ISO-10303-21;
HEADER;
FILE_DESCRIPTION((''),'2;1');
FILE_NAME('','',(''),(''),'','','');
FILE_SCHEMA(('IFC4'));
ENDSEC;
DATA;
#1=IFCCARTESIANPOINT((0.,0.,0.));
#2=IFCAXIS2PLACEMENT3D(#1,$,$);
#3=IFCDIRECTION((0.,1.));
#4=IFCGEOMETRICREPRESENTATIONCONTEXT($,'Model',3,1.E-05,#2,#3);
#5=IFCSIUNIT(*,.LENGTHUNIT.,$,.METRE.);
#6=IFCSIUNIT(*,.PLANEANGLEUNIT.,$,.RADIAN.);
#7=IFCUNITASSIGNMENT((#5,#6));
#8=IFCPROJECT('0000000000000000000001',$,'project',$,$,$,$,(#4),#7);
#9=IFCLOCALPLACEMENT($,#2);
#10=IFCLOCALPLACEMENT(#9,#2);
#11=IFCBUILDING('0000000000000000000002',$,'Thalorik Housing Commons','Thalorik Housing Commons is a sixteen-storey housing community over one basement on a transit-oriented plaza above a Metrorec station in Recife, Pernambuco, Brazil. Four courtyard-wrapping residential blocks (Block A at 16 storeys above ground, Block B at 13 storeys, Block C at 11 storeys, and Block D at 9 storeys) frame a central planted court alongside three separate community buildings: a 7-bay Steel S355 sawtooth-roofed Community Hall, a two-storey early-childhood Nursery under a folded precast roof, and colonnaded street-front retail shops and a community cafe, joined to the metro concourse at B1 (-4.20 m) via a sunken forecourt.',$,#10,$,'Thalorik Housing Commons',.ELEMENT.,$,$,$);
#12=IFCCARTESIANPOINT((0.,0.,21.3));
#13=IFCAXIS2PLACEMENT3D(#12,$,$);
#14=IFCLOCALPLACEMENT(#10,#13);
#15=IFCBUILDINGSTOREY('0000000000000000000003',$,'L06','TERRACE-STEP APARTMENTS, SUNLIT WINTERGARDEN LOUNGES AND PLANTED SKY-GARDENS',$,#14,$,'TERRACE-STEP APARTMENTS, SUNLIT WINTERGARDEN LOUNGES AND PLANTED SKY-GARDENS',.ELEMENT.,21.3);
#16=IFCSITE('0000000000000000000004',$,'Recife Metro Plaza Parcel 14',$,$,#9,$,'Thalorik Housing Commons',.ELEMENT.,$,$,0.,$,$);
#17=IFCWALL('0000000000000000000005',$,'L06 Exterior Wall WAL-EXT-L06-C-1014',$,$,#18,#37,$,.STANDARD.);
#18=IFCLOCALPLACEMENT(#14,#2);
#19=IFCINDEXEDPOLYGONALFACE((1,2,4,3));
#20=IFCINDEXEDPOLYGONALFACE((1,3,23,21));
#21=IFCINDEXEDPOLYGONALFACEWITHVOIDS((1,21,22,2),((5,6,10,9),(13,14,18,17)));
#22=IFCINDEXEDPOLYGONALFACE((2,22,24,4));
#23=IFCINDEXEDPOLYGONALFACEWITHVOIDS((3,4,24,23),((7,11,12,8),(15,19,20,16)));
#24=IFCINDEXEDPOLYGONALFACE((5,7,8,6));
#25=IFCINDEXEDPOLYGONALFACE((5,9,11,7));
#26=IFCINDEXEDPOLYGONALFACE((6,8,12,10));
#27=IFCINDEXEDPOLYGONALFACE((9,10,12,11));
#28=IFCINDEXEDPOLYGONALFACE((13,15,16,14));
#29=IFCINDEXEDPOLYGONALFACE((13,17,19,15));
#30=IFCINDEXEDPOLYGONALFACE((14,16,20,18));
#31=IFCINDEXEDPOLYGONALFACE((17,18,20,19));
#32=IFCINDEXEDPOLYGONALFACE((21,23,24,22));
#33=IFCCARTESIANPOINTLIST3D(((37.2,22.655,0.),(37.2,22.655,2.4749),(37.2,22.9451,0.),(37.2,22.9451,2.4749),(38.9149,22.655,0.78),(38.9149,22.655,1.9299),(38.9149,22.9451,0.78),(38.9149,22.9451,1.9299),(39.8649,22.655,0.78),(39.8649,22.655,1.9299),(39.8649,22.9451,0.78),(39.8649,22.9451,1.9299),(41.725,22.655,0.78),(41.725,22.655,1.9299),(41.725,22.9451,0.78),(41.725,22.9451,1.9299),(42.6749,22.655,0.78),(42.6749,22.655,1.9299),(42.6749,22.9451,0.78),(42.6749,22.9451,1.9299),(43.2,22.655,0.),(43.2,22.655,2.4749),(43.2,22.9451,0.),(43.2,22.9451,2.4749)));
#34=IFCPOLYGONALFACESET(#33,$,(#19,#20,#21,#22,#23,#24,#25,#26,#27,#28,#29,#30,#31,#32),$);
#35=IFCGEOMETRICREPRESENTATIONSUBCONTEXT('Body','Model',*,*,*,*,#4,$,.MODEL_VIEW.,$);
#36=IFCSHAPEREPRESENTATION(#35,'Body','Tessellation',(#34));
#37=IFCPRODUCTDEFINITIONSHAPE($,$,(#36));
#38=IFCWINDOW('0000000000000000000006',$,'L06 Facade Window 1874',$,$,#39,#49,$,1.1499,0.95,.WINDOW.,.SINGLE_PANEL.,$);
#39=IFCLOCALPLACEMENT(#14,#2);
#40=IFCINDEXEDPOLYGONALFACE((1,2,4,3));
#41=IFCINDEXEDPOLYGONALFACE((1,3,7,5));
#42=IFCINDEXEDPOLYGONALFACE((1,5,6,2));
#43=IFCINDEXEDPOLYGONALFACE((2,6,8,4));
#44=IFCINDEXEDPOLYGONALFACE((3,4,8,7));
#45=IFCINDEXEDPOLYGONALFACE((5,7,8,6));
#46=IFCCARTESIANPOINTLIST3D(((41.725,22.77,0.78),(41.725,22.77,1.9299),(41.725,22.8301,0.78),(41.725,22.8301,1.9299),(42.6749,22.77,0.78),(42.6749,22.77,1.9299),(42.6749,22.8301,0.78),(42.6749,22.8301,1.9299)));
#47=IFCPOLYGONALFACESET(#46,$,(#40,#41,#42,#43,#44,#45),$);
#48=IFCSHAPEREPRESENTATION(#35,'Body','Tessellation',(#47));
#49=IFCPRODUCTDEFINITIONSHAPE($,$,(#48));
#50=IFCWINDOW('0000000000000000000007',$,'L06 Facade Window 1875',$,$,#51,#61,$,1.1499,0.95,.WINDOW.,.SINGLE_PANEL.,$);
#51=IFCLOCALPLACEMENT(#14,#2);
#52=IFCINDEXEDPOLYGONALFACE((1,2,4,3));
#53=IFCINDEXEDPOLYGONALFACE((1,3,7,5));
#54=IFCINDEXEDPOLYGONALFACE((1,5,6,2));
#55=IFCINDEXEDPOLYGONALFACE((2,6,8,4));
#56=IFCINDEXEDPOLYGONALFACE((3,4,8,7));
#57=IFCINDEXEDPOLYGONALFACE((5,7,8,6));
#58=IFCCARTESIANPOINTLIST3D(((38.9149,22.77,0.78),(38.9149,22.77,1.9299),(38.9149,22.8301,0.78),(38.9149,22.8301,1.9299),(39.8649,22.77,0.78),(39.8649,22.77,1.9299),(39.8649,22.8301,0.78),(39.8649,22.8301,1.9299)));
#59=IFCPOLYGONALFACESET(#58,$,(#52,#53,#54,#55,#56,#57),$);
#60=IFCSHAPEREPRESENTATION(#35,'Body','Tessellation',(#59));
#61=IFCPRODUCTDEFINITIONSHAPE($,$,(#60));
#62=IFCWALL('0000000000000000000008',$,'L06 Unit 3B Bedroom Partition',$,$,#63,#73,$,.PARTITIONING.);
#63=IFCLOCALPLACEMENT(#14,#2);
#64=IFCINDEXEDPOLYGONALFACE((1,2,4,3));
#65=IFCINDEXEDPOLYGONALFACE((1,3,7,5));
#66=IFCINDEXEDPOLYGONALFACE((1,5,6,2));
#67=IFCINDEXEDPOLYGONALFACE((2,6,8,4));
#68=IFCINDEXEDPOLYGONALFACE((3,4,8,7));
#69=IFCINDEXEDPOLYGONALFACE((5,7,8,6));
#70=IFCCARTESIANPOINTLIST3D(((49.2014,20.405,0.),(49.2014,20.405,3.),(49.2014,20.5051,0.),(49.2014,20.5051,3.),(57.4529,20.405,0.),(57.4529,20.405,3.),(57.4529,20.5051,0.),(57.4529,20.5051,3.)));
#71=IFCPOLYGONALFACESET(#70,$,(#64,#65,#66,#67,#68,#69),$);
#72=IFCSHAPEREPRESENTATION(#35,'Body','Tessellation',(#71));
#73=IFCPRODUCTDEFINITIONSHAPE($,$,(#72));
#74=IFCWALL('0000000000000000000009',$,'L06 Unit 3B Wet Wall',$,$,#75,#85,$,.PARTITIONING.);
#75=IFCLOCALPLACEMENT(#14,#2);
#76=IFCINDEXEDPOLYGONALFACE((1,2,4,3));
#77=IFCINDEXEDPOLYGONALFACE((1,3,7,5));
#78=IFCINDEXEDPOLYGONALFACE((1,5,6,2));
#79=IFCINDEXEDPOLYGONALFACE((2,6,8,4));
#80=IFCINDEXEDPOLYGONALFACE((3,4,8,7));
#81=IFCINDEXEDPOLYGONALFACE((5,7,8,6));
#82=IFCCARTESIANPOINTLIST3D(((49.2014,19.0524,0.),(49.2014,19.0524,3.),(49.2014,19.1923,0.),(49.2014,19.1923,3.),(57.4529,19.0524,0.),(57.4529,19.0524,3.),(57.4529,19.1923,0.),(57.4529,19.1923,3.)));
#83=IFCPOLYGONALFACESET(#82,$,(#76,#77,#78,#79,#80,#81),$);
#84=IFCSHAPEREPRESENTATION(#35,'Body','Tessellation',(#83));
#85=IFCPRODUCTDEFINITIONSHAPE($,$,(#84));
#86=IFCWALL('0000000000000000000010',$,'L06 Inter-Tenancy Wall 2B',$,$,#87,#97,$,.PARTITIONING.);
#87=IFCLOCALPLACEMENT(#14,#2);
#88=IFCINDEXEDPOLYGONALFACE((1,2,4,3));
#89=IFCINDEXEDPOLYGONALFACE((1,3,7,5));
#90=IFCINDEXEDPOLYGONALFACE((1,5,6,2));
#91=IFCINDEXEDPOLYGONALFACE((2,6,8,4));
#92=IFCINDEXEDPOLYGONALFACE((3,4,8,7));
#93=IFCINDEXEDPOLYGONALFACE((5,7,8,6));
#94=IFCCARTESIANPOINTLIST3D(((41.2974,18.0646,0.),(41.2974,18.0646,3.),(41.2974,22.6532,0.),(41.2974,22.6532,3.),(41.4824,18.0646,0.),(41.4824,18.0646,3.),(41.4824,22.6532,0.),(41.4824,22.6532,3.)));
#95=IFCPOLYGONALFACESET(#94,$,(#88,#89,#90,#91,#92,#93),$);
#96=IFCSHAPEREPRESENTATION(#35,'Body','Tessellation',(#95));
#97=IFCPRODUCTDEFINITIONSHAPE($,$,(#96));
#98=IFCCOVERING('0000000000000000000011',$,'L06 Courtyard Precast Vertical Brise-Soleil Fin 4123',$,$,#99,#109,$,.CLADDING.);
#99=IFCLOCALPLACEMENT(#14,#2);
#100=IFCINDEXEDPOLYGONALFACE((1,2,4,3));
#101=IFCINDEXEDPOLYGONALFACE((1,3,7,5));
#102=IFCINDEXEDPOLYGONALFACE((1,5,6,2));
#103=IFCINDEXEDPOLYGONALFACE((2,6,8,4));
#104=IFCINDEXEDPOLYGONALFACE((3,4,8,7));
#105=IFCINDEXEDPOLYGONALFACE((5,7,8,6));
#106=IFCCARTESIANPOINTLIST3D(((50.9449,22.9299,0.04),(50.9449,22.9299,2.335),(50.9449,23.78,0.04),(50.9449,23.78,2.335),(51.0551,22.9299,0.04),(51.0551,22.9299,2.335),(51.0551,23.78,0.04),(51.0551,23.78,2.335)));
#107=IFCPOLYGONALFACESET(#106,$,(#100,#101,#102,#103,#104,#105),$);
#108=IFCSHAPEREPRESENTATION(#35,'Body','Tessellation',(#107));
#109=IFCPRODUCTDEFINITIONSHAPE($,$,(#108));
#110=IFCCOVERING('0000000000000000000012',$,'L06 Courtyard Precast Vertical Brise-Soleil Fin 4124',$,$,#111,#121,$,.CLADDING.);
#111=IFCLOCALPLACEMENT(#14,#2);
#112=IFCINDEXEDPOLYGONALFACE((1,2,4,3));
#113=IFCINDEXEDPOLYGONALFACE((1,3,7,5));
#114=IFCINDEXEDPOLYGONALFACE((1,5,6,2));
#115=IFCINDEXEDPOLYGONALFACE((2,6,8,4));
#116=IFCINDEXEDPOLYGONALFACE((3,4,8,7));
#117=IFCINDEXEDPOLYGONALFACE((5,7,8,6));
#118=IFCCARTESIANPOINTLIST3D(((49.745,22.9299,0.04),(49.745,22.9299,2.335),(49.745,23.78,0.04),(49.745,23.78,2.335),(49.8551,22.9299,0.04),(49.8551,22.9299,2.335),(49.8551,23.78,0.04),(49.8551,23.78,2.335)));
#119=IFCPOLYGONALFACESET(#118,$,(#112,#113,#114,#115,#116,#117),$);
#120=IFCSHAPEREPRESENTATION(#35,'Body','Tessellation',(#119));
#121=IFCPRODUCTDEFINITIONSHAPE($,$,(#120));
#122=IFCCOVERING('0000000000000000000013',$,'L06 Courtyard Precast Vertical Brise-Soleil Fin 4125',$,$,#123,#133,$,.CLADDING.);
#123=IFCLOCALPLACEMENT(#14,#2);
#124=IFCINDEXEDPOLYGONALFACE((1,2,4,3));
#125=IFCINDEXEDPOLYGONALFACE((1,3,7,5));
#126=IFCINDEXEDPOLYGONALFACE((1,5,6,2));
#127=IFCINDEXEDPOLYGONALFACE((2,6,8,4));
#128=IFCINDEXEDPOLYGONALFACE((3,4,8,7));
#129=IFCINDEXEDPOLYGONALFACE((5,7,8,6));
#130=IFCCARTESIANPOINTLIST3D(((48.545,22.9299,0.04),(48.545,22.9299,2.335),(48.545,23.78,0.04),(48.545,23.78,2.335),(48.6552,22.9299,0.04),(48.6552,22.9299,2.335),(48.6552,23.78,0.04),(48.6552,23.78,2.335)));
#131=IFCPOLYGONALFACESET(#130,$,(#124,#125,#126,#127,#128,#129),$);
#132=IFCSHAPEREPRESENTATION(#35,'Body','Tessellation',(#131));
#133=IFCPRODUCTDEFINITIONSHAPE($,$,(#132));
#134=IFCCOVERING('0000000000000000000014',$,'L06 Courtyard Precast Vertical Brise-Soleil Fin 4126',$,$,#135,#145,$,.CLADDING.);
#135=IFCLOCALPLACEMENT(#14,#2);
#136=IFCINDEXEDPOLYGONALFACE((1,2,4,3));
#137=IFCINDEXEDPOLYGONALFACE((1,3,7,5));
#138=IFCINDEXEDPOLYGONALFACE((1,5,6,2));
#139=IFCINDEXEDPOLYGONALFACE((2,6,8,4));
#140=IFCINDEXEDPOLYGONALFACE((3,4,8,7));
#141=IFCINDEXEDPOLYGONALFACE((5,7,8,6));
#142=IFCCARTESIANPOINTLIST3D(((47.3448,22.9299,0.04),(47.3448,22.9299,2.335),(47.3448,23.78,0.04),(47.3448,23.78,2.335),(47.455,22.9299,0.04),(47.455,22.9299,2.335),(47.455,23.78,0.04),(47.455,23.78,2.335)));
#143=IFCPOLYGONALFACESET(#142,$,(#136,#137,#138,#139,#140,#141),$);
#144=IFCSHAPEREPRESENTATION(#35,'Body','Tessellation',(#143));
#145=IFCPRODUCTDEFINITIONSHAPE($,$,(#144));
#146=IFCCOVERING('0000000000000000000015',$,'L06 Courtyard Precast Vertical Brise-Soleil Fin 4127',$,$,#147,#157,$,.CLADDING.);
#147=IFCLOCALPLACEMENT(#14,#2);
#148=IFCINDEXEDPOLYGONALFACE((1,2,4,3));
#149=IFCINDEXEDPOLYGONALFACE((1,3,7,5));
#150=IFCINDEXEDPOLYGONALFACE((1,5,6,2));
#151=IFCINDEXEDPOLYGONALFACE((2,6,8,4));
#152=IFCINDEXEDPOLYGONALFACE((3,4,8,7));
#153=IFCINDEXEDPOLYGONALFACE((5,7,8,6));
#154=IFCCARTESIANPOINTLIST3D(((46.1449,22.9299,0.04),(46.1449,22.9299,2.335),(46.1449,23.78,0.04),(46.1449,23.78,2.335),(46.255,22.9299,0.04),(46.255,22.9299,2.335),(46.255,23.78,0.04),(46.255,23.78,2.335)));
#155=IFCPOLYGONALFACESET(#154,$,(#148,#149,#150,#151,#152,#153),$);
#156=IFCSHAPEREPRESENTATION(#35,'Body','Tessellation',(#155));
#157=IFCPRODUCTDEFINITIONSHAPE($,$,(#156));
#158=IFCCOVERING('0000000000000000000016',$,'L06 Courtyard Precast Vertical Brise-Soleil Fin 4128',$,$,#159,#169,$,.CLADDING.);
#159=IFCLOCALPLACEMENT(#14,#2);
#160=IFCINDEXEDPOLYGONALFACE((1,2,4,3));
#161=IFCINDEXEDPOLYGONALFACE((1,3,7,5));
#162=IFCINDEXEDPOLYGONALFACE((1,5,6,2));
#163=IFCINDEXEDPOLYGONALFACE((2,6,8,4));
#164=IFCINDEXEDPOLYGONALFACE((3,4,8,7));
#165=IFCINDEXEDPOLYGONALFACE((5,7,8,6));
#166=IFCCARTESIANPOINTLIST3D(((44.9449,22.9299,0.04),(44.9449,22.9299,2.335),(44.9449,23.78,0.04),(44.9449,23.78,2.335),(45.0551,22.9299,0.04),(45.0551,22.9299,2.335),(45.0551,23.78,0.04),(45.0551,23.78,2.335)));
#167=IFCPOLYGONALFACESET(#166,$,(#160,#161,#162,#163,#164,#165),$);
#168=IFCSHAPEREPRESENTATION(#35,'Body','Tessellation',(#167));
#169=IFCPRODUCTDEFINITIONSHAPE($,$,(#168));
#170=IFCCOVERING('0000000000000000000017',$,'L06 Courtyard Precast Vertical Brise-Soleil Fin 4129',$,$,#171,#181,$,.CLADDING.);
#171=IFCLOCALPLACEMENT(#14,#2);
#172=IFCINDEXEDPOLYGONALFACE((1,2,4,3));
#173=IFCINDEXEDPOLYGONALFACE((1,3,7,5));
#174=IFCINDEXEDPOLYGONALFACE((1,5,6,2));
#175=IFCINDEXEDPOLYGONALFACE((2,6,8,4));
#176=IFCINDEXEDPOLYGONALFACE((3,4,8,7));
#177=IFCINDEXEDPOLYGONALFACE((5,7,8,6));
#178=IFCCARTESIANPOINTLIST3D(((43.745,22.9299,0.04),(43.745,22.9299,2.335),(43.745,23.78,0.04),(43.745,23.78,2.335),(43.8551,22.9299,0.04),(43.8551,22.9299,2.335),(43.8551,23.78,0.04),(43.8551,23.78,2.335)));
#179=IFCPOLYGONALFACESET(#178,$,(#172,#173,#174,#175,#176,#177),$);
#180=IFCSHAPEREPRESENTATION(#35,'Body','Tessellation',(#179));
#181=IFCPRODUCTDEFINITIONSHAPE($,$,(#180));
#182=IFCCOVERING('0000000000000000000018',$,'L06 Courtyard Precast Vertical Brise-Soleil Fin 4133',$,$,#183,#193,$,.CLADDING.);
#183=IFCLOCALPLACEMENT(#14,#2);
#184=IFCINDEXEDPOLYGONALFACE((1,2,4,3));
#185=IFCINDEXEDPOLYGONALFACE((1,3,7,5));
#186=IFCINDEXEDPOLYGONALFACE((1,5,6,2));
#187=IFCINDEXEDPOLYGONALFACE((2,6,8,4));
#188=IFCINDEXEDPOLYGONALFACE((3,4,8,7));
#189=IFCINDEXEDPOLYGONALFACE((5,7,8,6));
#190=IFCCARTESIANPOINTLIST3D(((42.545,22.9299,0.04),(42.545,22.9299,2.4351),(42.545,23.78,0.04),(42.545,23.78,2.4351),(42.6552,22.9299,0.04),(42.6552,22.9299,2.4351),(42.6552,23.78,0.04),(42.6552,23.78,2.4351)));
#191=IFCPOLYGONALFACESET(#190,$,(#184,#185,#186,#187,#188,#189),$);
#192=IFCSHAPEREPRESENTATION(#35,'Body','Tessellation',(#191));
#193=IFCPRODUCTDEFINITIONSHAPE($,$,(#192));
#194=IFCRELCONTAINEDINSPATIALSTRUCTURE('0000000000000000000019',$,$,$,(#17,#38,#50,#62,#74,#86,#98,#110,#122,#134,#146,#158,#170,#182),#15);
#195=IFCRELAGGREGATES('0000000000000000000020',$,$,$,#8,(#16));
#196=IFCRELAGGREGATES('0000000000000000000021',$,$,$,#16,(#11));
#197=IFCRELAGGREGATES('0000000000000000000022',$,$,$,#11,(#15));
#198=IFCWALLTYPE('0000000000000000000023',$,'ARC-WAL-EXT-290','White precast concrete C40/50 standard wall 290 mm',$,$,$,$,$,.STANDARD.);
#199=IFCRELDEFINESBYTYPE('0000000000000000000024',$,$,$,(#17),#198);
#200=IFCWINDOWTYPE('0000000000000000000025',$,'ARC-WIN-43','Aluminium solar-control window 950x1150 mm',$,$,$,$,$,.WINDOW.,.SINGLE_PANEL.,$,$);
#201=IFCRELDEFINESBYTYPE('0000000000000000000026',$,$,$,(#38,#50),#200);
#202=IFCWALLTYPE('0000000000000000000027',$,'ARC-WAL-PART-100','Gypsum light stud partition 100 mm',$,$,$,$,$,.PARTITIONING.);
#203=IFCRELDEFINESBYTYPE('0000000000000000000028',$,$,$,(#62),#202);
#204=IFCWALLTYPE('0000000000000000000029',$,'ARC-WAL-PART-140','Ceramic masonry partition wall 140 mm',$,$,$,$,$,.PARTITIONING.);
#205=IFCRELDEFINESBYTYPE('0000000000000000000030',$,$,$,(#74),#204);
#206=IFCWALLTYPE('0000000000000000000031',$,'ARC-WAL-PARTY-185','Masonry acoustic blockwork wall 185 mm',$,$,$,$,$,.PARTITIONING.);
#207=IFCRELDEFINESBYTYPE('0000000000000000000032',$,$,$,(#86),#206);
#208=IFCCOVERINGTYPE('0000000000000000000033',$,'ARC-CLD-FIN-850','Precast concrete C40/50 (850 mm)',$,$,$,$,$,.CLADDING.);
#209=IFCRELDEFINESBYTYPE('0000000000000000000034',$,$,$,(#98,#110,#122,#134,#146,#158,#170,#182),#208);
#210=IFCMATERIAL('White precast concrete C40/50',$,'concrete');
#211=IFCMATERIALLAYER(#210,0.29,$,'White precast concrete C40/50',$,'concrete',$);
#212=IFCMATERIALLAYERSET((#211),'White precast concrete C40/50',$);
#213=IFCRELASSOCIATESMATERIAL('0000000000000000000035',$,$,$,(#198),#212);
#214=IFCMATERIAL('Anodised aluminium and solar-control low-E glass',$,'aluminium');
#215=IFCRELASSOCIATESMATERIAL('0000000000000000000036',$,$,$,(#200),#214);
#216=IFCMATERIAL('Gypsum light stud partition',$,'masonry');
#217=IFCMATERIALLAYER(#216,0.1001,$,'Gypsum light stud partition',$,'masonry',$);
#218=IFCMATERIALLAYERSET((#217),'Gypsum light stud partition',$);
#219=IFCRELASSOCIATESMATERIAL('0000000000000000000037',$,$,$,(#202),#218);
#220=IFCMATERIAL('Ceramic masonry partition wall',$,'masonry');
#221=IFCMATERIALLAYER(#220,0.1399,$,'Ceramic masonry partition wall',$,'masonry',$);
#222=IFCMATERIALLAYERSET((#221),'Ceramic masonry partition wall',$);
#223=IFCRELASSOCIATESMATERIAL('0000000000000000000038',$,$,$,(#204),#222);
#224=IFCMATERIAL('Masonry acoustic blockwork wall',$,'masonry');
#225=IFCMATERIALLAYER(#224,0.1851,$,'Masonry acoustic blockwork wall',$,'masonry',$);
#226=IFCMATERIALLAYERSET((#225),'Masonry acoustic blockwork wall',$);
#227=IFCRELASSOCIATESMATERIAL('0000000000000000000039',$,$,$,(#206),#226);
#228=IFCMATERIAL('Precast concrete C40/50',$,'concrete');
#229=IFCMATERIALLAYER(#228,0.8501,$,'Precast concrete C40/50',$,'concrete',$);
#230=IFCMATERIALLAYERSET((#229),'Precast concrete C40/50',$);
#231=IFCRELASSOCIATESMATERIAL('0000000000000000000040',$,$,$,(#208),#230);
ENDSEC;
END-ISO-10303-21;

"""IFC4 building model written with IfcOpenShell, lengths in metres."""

from ifc_helpers import new_model, si_unit, direction, frame, frame_2d, origin, origin_2d, place, context, subcontext, project, spatial, rectangle, extrude, material, layer, layer_set, type_object, element, fill, save


model = new_model("IFC4")

# Units and contexts
model_context = context("Model", 3, precision=1e-05, world=origin(), true_north=direction((0.0, 1.0)))
body_context = subcontext(model_context, "Body", "Model", "MODEL_VIEW")
ifc_project = project(units=[si_unit("LENGTHUNIT", "METRE"), si_unit("PLANEANGLEUNIT", "RADIAN")], contexts=[model_context])

# Site, building, storey
site_placement = place(None, origin())
site = spatial("IfcSite", under=ifc_project, at=site_placement, Name="Recife Metro Plaza Parcel 14", LongName="Thalorik Housing Commons", CompositionType="ELEMENT", RefElevation=0.0)
building_placement = place(site_placement, origin())
building = spatial("IfcBuilding", under=site, at=building_placement, Name="Thalorik Housing Commons", Description="Thalorik Housing Commons is a sixteen-storey housing community over one basement on a transit-oriented plaza above a Metrorec station in Recife, Pernambuco, Brazil. Four courtyard-wrapping residential blocks (Block A at 16 storeys above ground, Block B at 13 storeys, Block C at 11 storeys, and Block D at 9 storeys) frame a central planted court alongside three separate community buildings: a 7-bay Steel S355 sawtooth-roofed Community Hall, a two-storey early-childhood Nursery under a folded precast roof, and colonnaded street-front retail shops and a community cafe, joined to the metro concourse at B1 (-4.20 m) via a sunken forecourt.", LongName="Thalorik Housing Commons", CompositionType="ELEMENT")
storey_placement = place(building_placement, frame((0.0, 0.0, 21.3)))
storey = spatial("IfcBuildingStorey", under=building, at=storey_placement, Name="L06", Description="TERRACE-STEP APARTMENTS, SUNLIT WINTERGARDEN LOUNGES AND PLANTED SKY-GARDENS", LongName="TERRACE-STEP APARTMENTS, SUNLIT WINTERGARDEN LOUNGES AND PLANTED SKY-GARDENS", CompositionType="ELEMENT", Elevation=21.3)

# Shared definitions
ifc_material_1 = material(Name="Precast concrete C40/50", Category="concrete")

# Wall, openings, windows
ifc_material_2 = material(Name="White precast concrete C40/50", Category="concrete")
ifc_layer_1 = layer(ifc_material_2, 0.29, Name="White precast concrete C40/50", Category="concrete")
ifc_layer_set_1 = layer_set([ifc_layer_1], Name="White precast concrete C40/50")
wall_type_1 = type_object("IfcWallType", Name="ARC-WAL-EXT-290", Description="White precast concrete C40/50 standard wall 290 mm", PredefinedType="STANDARD", material=ifc_layer_set_1)
ifc_material_3 = material(Name="Anodised aluminium and solar-control low-E glass", Category="aluminium")
wall_1_placement = place(storey_placement, frame((43.2, 22.8, 0.0), z_axis=(0.0, 0.0, 1.0), x_axis=(-1.0, 0.0, 0.0)))
wall_1 = element("IfcWall", 1, at=wall_1_placement, inside=storey, type_object=wall_type_1, Name="L06 Exterior Wall WAL-EXT-L06-C-1014", PredefinedType="STANDARD", context=body_context, shape_type="SweptSolid", body=[
    extrude(rectangle(XDim=6.0, YDim=0.29, at=frame_2d((3.0, 0.0))), origin(), (0.0, 0.0, 1.0), 2.4749),
])
opening_1_placement = place(wall_1_placement, frame((0.5249, 0.0, 0.78)))
opening_1 = element("IfcOpeningElement", 2, at=opening_1_placement, cuts=wall_1, PredefinedType="OPENING", context=body_context, shape_type="SweptSolid", body=[
    extrude(rectangle(XDim=0.95, YDim=1.1499, at=frame_2d((0.4751, 0.575))), frame((0.0, 0.155, 0.0), z_axis=(0.0, -1.0, 0.0), x_axis=(1.0, 0.0, 0.0)), (0.0, 0.0, 1.0), 0.3101),
])
opening_2_placement = place(wall_1_placement, frame((3.335, 0.0, 0.78)))
opening_2 = element("IfcOpeningElement", 3, at=opening_2_placement, cuts=wall_1, PredefinedType="OPENING", context=body_context, shape_type="SweptSolid", body=[
    extrude(rectangle(XDim=0.95, YDim=1.1499, at=frame_2d((0.4751, 0.575))), frame((0.0, 0.155, 0.0), z_axis=(0.0, -1.0, 0.0), x_axis=(1.0, 0.0, 0.0)), (0.0, 0.0, 1.0), 0.3101),
])
window_type_1 = type_object("IfcWindowType", Name="ARC-WIN-43", Description="Aluminium solar-control window 950x1150 mm", PartitioningType="SINGLE_PANEL", PredefinedType="WINDOW", material=ifc_material_3)
window_1_placement = place(opening_1_placement, origin())
window_1 = element("IfcWindow", 4, at=window_1_placement, inside=storey, type_object=window_type_1, Name="L06 Facade Window 1874", OverallHeight=1.1499, OverallWidth=0.95, PartitioningType="SINGLE_PANEL", PredefinedType="WINDOW", context=body_context, shape_type="SweptSolid", body=[
    extrude(rectangle(XDim=0.95, YDim=1.1499, at=frame_2d((0.4751, 0.575))), frame((0.0, 0.03, 0.0), z_axis=(0.0, -1.0, 0.0), x_axis=(1.0, 0.0, 0.0)), (0.0, 0.0, 1.0), 0.0601),
])
fill(opening_1, window_1)
window_2_placement = place(opening_2_placement, origin())
window_2 = element("IfcWindow", 5, at=window_2_placement, inside=storey, type_object=window_type_1, Name="L06 Facade Window 1875", OverallHeight=1.1499, OverallWidth=0.95, PartitioningType="SINGLE_PANEL", PredefinedType="WINDOW", context=body_context, shape_type="SweptSolid", body=[
    extrude(rectangle(XDim=0.95, YDim=1.1499, at=frame_2d((0.4751, 0.575))), frame((0.0, 0.03, 0.0), z_axis=(0.0, -1.0, 0.0), x_axis=(1.0, 0.0, 0.0)), (0.0, 0.0, 1.0), 0.0601),
])
fill(opening_2, window_2)

# Walls
ifc_material_4 = material(Name="Gypsum light stud partition", Category="masonry")
ifc_layer_2 = layer(ifc_material_4, 0.1001, Name="Gypsum light stud partition", Category="masonry")
ifc_layer_set_2 = layer_set([ifc_layer_2], Name="Gypsum light stud partition")
wall_type_2 = type_object("IfcWallType", Name="ARC-WAL-PART-100", Description="Gypsum light stud partition 100 mm", PredefinedType="PARTITIONING", material=ifc_layer_set_2)
wall_2_placement = place(storey_placement, frame((49.2014, 20.4551, 0.0), z_axis=(0.0, 0.0, 1.0), x_axis=(1.0, 0.0, 0.0)))
element("IfcWall", 6, at=wall_2_placement, inside=storey, type_object=wall_type_2, Name="L06 Unit 3B Bedroom Partition", PredefinedType="PARTITIONING", context=body_context, shape_type="SweptSolid", body=[
    extrude(rectangle(XDim=8.2515, YDim=0.1001, at=frame_2d((4.1257, 0.0))), origin(), (0.0, 0.0, 1.0), 3.0),
])
ifc_material_5 = material(Name="Ceramic masonry partition wall", Category="masonry")
ifc_layer_3 = layer(ifc_material_5, 0.1399, Name="Ceramic masonry partition wall", Category="masonry")
ifc_layer_set_3 = layer_set([ifc_layer_3], Name="Ceramic masonry partition wall")
wall_type_3 = type_object("IfcWallType", Name="ARC-WAL-PART-140", Description="Ceramic masonry partition wall 140 mm", PredefinedType="PARTITIONING", material=ifc_layer_set_3)
wall_3_placement = place(storey_placement, frame((49.2014, 19.1223, 0.0), z_axis=(0.0, 0.0, 1.0), x_axis=(1.0, 0.0, 0.0)))
element("IfcWall", 7, at=wall_3_placement, inside=storey, type_object=wall_type_3, Name="L06 Unit 3B Wet Wall", PredefinedType="PARTITIONING", context=body_context, shape_type="SweptSolid", body=[
    extrude(rectangle(XDim=8.2515, YDim=0.1399, at=frame_2d((4.1257, 0.0))), origin(), (0.0, 0.0, 1.0), 3.0),
])
ifc_material_6 = material(Name="Masonry acoustic blockwork wall", Category="masonry")
ifc_layer_4 = layer(ifc_material_6, 0.1851, Name="Masonry acoustic blockwork wall", Category="masonry")
ifc_layer_set_4 = layer_set([ifc_layer_4], Name="Masonry acoustic blockwork wall")
wall_type_4 = type_object("IfcWallType", Name="ARC-WAL-PARTY-185", Description="Masonry acoustic blockwork wall 185 mm", PredefinedType="PARTITIONING", material=ifc_layer_set_4)
wall_4_placement = place(storey_placement, frame((41.3899, 18.0645, 0.0), z_axis=(0.0, 0.0, 1.0), x_axis=(0.0, 1.0, 0.0)))
element("IfcWall", 8, at=wall_4_placement, inside=storey, type_object=wall_type_4, Name="L06 Inter-Tenancy Wall 2B", PredefinedType="PARTITIONING", context=body_context, shape_type="SweptSolid", body=[
    extrude(rectangle(XDim=4.5886, YDim=0.1851, at=frame_2d((2.2944, 0.0))), origin(), (0.0, 0.0, 1.0), 3.0),
])

# Coverings
ifc_layer_5 = layer(ifc_material_1, 0.8501, Name="Precast concrete C40/50", Category="concrete")
ifc_layer_set_5 = layer_set([ifc_layer_5], Name="Precast concrete C40/50")
covering_type_1 = type_object("IfcCoveringType", Name="ARC-CLD-FIN-850", Description="Precast concrete C40/50 (850 mm)", PredefinedType="CLADDING", material=ifc_layer_set_5)
for number, where, z_axis, x_axis, name in (
    (9, (51.0, 23.355, 0.04), (0.0, 0.0, 1.0), (-1.0, 0.0, 0.0), "L06 Courtyard Precast Vertical Brise-Soleil Fin 4123"),
    (10, (49.8, 23.355, 0.04), (0.0, 0.0, 1.0), (-1.0, 0.0, 0.0), "L06 Courtyard Precast Vertical Brise-Soleil Fin 4124"),
    (11, (48.6001, 23.355, 0.04), (0.0, 0.0, 1.0), (-1.0, 0.0, 0.0), "L06 Courtyard Precast Vertical Brise-Soleil Fin 4125"),
    (12, (47.3999, 23.355, 0.04), (0.0, 0.0, 1.0), (-1.0, 0.0, 0.0), "L06 Courtyard Precast Vertical Brise-Soleil Fin 4126"),
    (13, (46.2, 23.355, 0.04), (0.0, 0.0, 1.0), (-1.0, 0.0, 0.0), "L06 Courtyard Precast Vertical Brise-Soleil Fin 4127"),
    (14, (45.0, 23.355, 0.04), (0.0, 0.0, 1.0), (-1.0, 0.0, 0.0), "L06 Courtyard Precast Vertical Brise-Soleil Fin 4128"),
    (15, (43.8, 23.355, 0.04), (0.0, 0.0, 1.0), (-1.0, 0.0, 0.0), "L06 Courtyard Precast Vertical Brise-Soleil Fin 4129"),
):
    element("IfcCovering", number, at=place(storey_placement, frame(where, z_axis=z_axis, x_axis=x_axis)), inside=storey, type_object=covering_type_1, Name=name, PredefinedType="CLADDING", context=body_context, shape_type="SweptSolid", body=[
        extrude(rectangle(XDim=0.1101, YDim=0.8501, at=origin_2d()), origin(), (0.0, 0.0, 1.0), 2.2949),
    ])
for number, where, z_axis, x_axis, name in (
    (16, (42.6001, 23.355, 0.04), (0.0, 0.0, 1.0), (-1.0, 0.0, 0.0), "L06 Courtyard Precast Vertical Brise-Soleil Fin 4133"),
):
    element("IfcCovering", number, at=place(storey_placement, frame(where, z_axis=z_axis, x_axis=x_axis)), inside=storey, type_object=covering_type_1, Name=name, PredefinedType="CLADDING", context=body_context, shape_type="SweptSolid", body=[
        extrude(rectangle(XDim=0.1101, YDim=0.8501, at=origin_2d()), origin(), (0.0, 0.0, 1.0), 2.395),
    ])

save(model, "model.ifc")
